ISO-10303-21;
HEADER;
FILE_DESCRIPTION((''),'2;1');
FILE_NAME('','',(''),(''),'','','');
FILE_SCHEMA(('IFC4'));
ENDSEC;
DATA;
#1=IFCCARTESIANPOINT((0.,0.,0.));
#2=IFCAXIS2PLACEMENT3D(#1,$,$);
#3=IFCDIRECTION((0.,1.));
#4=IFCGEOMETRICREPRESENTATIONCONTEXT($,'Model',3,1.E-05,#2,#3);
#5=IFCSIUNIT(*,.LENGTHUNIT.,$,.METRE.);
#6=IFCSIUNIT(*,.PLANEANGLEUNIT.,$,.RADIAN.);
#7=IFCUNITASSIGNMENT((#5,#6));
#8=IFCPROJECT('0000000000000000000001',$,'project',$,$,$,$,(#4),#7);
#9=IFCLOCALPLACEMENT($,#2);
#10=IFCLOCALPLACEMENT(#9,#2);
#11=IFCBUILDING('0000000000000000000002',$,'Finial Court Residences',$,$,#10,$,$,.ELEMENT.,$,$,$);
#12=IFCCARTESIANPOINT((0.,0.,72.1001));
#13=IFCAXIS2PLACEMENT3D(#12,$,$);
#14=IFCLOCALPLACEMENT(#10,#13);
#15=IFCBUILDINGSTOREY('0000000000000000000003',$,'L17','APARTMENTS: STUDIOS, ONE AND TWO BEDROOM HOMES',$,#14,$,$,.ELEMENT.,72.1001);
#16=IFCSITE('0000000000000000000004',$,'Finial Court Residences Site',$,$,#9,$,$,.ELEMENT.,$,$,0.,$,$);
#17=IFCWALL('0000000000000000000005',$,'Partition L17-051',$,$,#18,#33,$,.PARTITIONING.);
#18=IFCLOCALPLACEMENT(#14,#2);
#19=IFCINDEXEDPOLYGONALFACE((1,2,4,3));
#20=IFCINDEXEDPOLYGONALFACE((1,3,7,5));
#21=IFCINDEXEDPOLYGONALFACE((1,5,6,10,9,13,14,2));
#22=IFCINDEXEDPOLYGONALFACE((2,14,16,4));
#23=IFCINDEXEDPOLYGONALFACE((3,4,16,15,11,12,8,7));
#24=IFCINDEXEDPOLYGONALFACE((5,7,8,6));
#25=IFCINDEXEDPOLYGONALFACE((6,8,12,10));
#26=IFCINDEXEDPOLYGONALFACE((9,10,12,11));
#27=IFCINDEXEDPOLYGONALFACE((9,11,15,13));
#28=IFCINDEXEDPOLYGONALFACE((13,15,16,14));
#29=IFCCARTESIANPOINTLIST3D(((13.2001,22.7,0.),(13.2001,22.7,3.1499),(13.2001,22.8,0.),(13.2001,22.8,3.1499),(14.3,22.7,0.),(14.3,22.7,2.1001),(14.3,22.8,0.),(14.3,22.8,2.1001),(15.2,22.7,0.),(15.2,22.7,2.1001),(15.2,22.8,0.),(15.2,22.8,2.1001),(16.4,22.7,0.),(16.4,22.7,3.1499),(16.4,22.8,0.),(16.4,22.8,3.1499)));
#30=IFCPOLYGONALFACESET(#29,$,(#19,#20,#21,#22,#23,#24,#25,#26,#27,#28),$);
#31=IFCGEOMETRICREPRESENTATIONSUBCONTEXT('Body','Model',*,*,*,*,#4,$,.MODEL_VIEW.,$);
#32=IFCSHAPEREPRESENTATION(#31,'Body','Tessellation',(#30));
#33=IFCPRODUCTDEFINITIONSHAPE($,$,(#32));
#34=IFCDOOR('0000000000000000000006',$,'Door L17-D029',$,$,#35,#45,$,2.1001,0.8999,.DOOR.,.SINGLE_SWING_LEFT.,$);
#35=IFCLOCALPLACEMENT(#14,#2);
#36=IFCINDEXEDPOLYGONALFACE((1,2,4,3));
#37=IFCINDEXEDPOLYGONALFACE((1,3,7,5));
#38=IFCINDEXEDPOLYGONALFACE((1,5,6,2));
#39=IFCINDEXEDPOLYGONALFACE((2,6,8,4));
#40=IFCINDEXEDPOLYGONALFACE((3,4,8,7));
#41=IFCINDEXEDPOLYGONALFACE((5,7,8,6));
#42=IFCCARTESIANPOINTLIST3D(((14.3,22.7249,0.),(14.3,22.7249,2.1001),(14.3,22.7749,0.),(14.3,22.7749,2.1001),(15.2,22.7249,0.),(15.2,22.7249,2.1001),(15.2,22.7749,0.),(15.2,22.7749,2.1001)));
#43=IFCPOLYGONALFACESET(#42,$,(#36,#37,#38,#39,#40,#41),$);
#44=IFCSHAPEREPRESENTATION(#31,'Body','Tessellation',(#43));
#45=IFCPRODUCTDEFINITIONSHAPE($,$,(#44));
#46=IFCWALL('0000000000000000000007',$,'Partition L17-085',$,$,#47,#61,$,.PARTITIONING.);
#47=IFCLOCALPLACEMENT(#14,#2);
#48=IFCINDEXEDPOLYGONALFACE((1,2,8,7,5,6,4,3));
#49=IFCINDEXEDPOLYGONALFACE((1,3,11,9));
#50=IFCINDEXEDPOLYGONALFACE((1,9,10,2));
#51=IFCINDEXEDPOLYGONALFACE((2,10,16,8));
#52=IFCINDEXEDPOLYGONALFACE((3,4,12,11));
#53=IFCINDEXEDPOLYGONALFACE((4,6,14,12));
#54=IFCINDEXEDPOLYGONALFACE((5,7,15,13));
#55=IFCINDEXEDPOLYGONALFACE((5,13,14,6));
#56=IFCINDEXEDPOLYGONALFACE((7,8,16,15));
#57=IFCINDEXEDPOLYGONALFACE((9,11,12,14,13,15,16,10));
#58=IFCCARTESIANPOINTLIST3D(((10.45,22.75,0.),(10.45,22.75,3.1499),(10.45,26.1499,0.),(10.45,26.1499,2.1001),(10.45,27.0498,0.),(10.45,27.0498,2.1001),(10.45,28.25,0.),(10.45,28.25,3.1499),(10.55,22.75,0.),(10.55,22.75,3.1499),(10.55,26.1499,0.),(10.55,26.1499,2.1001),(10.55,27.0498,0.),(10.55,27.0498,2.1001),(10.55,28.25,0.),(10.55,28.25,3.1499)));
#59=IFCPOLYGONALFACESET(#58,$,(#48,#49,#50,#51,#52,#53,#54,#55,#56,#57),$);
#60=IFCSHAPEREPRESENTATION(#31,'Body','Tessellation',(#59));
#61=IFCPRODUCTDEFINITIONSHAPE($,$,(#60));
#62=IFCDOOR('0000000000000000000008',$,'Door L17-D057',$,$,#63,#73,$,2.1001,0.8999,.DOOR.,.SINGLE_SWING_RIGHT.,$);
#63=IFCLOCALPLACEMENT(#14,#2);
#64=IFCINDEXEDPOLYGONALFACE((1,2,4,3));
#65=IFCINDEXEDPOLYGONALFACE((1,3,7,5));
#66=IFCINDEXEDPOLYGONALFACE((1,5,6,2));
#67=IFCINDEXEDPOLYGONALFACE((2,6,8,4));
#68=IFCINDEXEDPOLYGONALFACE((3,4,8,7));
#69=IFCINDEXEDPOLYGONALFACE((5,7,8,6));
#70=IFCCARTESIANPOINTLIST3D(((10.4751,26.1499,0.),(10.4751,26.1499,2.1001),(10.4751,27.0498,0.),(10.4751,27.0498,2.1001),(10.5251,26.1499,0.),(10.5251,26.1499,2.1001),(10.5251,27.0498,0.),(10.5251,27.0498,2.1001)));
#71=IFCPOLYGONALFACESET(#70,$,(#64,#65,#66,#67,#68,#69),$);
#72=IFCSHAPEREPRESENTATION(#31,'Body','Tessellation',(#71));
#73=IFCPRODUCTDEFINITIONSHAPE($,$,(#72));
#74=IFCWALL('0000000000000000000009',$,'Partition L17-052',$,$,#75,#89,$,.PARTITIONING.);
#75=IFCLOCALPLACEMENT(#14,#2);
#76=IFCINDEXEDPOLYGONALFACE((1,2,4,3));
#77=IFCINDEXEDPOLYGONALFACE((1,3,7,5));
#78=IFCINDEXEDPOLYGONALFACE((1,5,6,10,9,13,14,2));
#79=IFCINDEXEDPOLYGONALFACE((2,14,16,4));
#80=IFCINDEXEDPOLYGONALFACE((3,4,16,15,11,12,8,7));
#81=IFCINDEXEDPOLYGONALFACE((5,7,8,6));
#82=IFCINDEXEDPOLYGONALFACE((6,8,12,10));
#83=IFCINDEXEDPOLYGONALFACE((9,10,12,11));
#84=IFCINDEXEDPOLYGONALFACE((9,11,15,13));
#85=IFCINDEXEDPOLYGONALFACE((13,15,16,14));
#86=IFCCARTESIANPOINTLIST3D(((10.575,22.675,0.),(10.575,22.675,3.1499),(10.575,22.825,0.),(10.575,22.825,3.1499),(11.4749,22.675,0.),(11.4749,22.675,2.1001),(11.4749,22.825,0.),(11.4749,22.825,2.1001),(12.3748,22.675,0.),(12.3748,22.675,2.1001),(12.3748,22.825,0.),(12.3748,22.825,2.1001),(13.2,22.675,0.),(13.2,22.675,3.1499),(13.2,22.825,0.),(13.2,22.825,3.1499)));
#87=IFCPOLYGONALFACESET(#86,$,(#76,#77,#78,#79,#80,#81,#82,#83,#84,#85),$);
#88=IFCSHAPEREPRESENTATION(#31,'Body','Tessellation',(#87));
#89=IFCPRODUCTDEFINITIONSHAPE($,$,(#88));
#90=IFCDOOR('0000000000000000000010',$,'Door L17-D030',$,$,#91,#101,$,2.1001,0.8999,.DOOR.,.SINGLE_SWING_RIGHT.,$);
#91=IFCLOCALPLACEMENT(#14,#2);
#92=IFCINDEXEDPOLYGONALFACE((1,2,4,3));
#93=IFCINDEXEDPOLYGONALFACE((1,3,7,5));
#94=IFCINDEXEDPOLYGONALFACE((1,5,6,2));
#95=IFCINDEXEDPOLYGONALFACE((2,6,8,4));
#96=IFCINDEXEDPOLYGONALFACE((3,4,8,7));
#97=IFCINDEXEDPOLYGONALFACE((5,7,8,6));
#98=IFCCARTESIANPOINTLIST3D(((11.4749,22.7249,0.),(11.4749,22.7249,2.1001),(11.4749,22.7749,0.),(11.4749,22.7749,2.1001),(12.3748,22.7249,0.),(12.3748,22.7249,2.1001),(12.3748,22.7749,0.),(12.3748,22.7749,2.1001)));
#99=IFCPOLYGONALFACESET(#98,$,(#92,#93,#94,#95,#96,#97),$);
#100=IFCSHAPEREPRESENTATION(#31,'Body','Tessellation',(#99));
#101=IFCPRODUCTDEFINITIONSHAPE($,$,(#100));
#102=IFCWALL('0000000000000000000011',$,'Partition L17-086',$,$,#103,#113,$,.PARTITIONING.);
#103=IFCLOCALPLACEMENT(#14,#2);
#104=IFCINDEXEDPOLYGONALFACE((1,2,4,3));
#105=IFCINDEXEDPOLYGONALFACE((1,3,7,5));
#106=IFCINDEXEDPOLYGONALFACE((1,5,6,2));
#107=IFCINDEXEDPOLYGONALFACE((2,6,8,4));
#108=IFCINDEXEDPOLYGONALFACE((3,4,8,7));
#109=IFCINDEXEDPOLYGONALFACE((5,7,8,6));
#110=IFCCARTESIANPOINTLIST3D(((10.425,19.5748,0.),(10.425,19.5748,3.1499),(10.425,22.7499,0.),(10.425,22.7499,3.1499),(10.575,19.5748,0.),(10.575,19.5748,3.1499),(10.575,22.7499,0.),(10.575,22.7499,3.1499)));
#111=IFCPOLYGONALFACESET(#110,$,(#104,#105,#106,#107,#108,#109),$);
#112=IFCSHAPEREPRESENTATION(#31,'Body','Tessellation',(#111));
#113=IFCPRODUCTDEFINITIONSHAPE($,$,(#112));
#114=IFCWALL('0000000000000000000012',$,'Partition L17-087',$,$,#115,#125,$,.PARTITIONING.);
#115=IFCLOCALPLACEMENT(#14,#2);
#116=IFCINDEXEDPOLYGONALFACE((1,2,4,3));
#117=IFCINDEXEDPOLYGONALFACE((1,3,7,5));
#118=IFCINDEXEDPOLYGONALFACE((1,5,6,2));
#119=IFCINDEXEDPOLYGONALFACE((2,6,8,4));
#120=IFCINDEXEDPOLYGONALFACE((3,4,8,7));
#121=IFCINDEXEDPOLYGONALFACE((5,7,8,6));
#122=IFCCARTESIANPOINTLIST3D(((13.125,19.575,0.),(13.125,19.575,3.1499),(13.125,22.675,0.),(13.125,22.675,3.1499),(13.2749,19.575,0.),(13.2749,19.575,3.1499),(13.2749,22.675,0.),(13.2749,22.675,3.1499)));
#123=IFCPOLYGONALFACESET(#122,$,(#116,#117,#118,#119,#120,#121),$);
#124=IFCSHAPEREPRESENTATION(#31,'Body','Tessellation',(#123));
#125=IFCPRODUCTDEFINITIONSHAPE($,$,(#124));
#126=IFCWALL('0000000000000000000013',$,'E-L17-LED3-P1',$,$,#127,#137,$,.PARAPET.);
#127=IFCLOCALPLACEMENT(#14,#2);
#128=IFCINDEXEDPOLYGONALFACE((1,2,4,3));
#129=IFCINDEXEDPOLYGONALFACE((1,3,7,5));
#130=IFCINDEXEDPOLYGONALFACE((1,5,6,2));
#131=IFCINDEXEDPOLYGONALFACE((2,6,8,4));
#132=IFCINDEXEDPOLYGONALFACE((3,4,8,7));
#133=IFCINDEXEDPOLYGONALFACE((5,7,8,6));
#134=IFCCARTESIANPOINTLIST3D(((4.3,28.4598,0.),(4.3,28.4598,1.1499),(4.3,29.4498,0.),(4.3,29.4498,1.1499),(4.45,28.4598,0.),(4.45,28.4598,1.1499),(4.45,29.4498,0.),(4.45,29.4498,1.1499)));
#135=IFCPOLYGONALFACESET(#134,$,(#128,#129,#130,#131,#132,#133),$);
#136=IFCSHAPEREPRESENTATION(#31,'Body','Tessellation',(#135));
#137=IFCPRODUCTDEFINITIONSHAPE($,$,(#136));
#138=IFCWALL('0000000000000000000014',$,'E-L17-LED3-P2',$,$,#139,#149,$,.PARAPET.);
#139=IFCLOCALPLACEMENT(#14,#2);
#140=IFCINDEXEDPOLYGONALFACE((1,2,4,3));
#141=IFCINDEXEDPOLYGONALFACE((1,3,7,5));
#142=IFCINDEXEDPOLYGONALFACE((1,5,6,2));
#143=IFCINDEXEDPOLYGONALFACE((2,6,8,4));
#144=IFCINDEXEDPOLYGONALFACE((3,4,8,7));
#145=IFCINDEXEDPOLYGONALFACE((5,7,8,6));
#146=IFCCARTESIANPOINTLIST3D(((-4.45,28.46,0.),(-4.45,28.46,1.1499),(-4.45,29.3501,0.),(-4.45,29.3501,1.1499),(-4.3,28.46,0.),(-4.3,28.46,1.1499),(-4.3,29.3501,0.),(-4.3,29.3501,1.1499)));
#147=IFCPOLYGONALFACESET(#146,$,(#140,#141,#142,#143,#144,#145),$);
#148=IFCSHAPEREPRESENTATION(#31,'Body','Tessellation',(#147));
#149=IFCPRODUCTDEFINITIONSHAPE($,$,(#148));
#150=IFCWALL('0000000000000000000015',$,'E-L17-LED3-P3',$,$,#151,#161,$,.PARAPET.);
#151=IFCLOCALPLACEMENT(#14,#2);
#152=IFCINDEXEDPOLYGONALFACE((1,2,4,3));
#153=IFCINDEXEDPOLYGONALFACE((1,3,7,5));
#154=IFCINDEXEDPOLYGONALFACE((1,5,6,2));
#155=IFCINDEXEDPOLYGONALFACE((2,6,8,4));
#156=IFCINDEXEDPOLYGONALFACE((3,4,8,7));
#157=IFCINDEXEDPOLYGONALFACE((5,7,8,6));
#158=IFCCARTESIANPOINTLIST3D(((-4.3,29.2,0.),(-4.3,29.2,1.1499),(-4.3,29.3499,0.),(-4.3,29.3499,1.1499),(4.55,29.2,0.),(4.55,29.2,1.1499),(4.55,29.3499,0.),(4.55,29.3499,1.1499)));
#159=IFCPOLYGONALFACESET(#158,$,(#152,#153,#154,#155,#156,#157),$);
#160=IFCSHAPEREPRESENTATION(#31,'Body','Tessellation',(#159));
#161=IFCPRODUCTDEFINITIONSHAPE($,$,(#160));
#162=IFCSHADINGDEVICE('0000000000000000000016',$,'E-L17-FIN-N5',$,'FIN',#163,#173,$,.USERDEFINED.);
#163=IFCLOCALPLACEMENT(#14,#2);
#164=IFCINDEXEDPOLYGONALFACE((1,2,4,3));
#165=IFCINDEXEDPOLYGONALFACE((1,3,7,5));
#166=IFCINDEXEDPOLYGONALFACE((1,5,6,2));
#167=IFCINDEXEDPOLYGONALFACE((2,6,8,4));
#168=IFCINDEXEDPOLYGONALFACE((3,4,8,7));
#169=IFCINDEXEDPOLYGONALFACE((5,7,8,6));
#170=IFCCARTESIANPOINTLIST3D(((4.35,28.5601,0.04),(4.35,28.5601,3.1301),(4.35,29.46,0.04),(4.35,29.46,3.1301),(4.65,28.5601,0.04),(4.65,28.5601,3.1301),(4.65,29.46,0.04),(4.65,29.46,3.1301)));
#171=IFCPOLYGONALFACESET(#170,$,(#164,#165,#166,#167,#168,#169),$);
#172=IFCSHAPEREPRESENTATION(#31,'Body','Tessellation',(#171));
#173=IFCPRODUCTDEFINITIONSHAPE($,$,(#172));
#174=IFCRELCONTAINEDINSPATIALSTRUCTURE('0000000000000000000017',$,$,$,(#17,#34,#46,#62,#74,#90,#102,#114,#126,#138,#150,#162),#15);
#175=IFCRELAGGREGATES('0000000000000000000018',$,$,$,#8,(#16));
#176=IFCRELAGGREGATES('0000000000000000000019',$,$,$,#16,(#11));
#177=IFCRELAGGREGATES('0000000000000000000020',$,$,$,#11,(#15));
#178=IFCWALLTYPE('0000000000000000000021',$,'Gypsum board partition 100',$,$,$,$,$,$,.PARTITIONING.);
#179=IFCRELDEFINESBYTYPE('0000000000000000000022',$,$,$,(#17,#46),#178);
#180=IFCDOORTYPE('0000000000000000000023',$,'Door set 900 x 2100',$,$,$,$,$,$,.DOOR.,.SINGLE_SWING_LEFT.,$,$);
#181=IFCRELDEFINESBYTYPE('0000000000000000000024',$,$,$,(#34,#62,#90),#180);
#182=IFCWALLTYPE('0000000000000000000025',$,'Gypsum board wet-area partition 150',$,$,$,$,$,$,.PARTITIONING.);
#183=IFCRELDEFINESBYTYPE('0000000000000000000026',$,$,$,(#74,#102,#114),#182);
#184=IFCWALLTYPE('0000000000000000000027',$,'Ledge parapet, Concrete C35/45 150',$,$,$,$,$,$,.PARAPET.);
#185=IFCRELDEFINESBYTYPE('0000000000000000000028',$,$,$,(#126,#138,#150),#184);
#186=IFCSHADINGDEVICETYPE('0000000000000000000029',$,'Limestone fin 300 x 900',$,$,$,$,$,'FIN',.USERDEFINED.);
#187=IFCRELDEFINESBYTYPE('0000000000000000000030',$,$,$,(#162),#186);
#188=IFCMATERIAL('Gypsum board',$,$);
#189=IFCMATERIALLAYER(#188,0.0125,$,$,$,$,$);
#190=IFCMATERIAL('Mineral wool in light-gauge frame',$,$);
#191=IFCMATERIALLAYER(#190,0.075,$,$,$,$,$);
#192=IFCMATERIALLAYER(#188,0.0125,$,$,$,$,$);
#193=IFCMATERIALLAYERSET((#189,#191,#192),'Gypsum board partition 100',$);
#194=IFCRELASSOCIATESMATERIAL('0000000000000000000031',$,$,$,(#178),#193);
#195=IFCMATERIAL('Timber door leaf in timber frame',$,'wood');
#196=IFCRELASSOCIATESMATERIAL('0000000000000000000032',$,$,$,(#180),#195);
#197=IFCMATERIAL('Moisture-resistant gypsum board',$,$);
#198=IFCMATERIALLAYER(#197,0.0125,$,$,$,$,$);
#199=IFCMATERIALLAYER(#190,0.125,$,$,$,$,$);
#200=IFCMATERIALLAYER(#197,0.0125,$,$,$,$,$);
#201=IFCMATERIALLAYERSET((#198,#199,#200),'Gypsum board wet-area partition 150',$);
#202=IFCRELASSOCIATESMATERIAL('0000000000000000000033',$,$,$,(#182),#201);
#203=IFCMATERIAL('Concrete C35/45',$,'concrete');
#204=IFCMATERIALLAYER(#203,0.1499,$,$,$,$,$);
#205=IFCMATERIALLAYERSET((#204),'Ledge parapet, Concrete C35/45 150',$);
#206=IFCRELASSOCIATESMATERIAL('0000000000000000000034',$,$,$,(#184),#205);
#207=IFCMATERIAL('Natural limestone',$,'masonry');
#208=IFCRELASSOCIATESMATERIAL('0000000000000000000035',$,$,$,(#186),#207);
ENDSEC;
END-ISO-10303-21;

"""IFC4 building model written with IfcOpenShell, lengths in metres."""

from ifc_helpers import new_model, si_unit, direction, frame, frame_2d, origin, origin_2d, place, context, subcontext, project, spatial, rectangle, extrude, material, layer, layer_set, type_object, element, fill, save


model = new_model("IFC4")

# Units and contexts
model_context = context("Model", 3, precision=1e-05, world=origin(), true_north=direction((0.0, 1.0)))
body_context = subcontext(model_context, "Body", "Model", "MODEL_VIEW")
ifc_project = project(units=[si_unit("LENGTHUNIT", "METRE"), si_unit("PLANEANGLEUNIT", "RADIAN")], contexts=[model_context])

# Site, building, storey
site_placement = place(None, origin())
site = spatial("IfcSite", under=ifc_project, at=site_placement, Name="Finial Court Residences Site", CompositionType="ELEMENT", RefElevation=0.0)
building_placement = place(site_placement, origin())
building = spatial("IfcBuilding", under=site, at=building_placement, Name="Finial Court Residences", CompositionType="ELEMENT")
storey_placement = place(building_placement, frame((0.0, 0.0, 72.1001)))
storey = spatial("IfcBuildingStorey", under=building, at=storey_placement, Name="L17", Description="APARTMENTS: STUDIOS, ONE AND TWO BEDROOM HOMES", CompositionType="ELEMENT", Elevation=72.1001)

# Shared definitions
ifc_material_1 = material(Name="Gypsum board")

# Walls, openings, doors
ifc_layer_1 = layer(ifc_material_1, 0.0125)
ifc_material_2 = material(Name="Mineral wool in light-gauge frame")
ifc_layer_2 = layer(ifc_material_2, 0.075)
ifc_layer_3 = layer(ifc_material_1, 0.0125)
ifc_layer_set_1 = layer_set([ifc_layer_1, ifc_layer_2, ifc_layer_3], Name="Gypsum board partition 100")
wall_type_1 = type_object("IfcWallType", Name="Gypsum board partition 100", PredefinedType="PARTITIONING", material=ifc_layer_set_1)
wall_1_placement = place(storey_placement, frame((13.2, 22.75, 0.0), z_axis=(0.0, 0.0, 1.0), x_axis=(1.0, 0.0, 0.0)))
wall_1 = element("IfcWall", 1, at=wall_1_placement, inside=storey, type_object=wall_type_1, Name="Partition L17-051", PredefinedType="PARTITIONING", context=body_context, shape_type="SweptSolid", body=[
    extrude(rectangle(XDim=3.2, YDim=0.1001, at=frame_2d((1.6001, 0.0))), origin(), (0.0, 0.0, 1.0), 3.1499),
])
opening_1_placement = place(wall_1_placement, frame((1.1001, 0.0, 0.0)))
opening_1 = element("IfcOpeningElement", 2, at=opening_1_placement, cuts=wall_1, PredefinedType="OPENING", context=body_context, shape_type="SweptSolid", body=[
    extrude(rectangle(XDim=0.8999, YDim=2.1001, at=frame_2d((0.45, 1.05))), frame((0.0, 0.0601, 0.0), z_axis=(0.0, -1.0, 0.0), x_axis=(1.0, 0.0, 0.0)), (0.0, 0.0, 1.0), 0.1201),
])
ifc_material_3 = material(Name="Timber door leaf in timber frame", Category="wood")
door_type = type_object("IfcDoorType", Name="Door set 900 x 2100", OperationType="SINGLE_SWING_LEFT", PredefinedType="DOOR", material=ifc_material_3)
door_1_placement = place(opening_1_placement, origin())
door_1 = element("IfcDoor", 3, at=door_1_placement, inside=storey, type_object=door_type, Name="Door L17-D029", OperationType="SINGLE_SWING_LEFT", OverallHeight=2.1001, OverallWidth=0.8999, PredefinedType="DOOR", context=body_context, shape_type="SweptSolid", body=[
    extrude(rectangle(XDim=0.8999, YDim=2.1001, at=frame_2d((0.45, 1.05))), frame((0.0, 0.0249, 0.0), z_axis=(0.0, -1.0, 0.0), x_axis=(1.0, 0.0, 0.0)), (0.0, 0.0, 1.0), 0.05),
])
fill(opening_1, door_1)
wall_2_placement = place(storey_placement, frame((10.5, 22.75, 0.0), z_axis=(0.0, 0.0, 1.0), x_axis=(0.0, 1.0, 0.0)))
wall_2 = element("IfcWall", 4, at=wall_2_placement, inside=storey, type_object=wall_type_1, Name="Partition L17-085", PredefinedType="PARTITIONING", context=body_context, shape_type="SweptSolid", body=[
    extrude(rectangle(XDim=5.5, YDim=0.1001, at=frame_2d((2.75, 0.0))), origin(), (0.0, 0.0, 1.0), 3.1499),
])
opening_2_placement = place(wall_2_placement, frame((3.3999, 0.0, 0.0)))
opening_2 = element("IfcOpeningElement", 5, at=opening_2_placement, cuts=wall_2, PredefinedType="OPENING", context=body_context, shape_type="SweptSolid", body=[
    extrude(rectangle(XDim=0.8999, YDim=2.1001, at=frame_2d((0.45, 1.05))), frame((0.0, 0.0601, 0.0), z_axis=(0.0, -1.0, 0.0), x_axis=(1.0, 0.0, 0.0)), (0.0, 0.0, 1.0), 0.1201),
])
door_2_placement = place(opening_2_placement, origin())
door_2 = element("IfcDoor", 6, at=door_2_placement, inside=storey, type_object=door_type, Name="Door L17-D057", OperationType="SINGLE_SWING_RIGHT", OverallHeight=2.1001, OverallWidth=0.8999, PredefinedType="DOOR", context=body_context, shape_type="SweptSolid", body=[
    extrude(rectangle(XDim=0.8999, YDim=2.1001, at=frame_2d((0.45, 1.05))), frame((0.0, 0.0249, 0.0), z_axis=(0.0, -1.0, 0.0), x_axis=(1.0, 0.0, 0.0)), (0.0, 0.0, 1.0), 0.05),
])
fill(opening_2, door_2)
ifc_material_4 = material(Name="Moisture-resistant gypsum board")
ifc_layer_4 = layer(ifc_material_4, 0.0125)
ifc_layer_5 = layer(ifc_material_2, 0.125)
ifc_layer_6 = layer(ifc_material_4, 0.0125)
ifc_layer_set_2 = layer_set([ifc_layer_4, ifc_layer_5, ifc_layer_6], Name="Gypsum board wet-area partition 150")
wall_type_2 = type_object("IfcWallType", Name="Gypsum board wet-area partition 150", PredefinedType="PARTITIONING", material=ifc_layer_set_2)
wall_3_placement = place(storey_placement, frame((10.575, 22.75, 0.0), z_axis=(0.0, 0.0, 1.0), x_axis=(1.0, 0.0, 0.0)))
wall_3 = element("IfcWall", 7, at=wall_3_placement, inside=storey, type_object=wall_type_2, Name="Partition L17-052", PredefinedType="PARTITIONING", context=body_context, shape_type="SweptSolid", body=[
    extrude(rectangle(XDim=2.625, YDim=0.1499, at=frame_2d((1.3125, 0.0))), origin(), (0.0, 0.0, 1.0), 3.1499),
])
opening_3_placement = place(wall_3_placement, frame((0.8999, 0.0, 0.0)))
opening_3 = element("IfcOpeningElement", 8, at=opening_3_placement, cuts=wall_3, PredefinedType="OPENING", context=body_context, shape_type="SweptSolid", body=[
    extrude(rectangle(XDim=0.8999, YDim=2.1001, at=frame_2d((0.45, 1.05))), frame((0.0, 0.085, 0.0), z_axis=(0.0, -1.0, 0.0), x_axis=(1.0, 0.0, 0.0)), (0.0, 0.0, 1.0), 0.1699),
])
door_3_placement = place(opening_3_placement, origin())
door_3 = element("IfcDoor", 9, at=door_3_placement, inside=storey, type_object=door_type, Name="Door L17-D030", OperationType="SINGLE_SWING_RIGHT", OverallHeight=2.1001, OverallWidth=0.8999, PredefinedType="DOOR", context=body_context, shape_type="SweptSolid", body=[
    extrude(rectangle(XDim=0.8999, YDim=2.1001, at=frame_2d((0.45, 1.05))), frame((0.0, 0.0249, 0.0), z_axis=(0.0, -1.0, 0.0), x_axis=(1.0, 0.0, 0.0)), (0.0, 0.0, 1.0), 0.05),
])
fill(opening_3, door_3)

# Walls
wall_4_placement = place(storey_placement, frame((10.5, 19.575, 0.0), z_axis=(0.0, 0.0, 1.0), x_axis=(0.0, 1.0, 0.0)))
element("IfcWall", 10, at=wall_4_placement, inside=storey, type_object=wall_type_2, Name="Partition L17-086", PredefinedType="PARTITIONING", context=body_context, shape_type="SweptSolid", body=[
    extrude(rectangle(XDim=3.175, YDim=0.1499, at=frame_2d((1.5874, 0.0))), origin(), (0.0, 0.0, 1.0), 3.1499),
])
wall_5_placement = place(storey_placement, frame((13.2, 19.575, 0.0), z_axis=(0.0, 0.0, 1.0), x_axis=(0.0, 1.0, 0.0)))
element("IfcWall", 11, at=wall_5_placement, inside=storey, type_object=wall_type_2, Name="Partition L17-087", PredefinedType="PARTITIONING", context=body_context, shape_type="SweptSolid", body=[
    extrude(rectangle(XDim=3.1001, YDim=0.1499, at=frame_2d((1.55, 0.0))), origin(), (0.0, 0.0, 1.0), 3.1499),
])
ifc_material_5 = material(Name="Concrete C35/45", Category="concrete")
ifc_layer_7 = layer(ifc_material_5, 0.1499)
ifc_layer_set_3 = layer_set([ifc_layer_7], Name="Ledge parapet, Concrete C35/45 150")
wall_type_3 = type_object("IfcWallType", Name="Ledge parapet, Concrete C35/45 150", PredefinedType="PARAPET", material=ifc_layer_set_3)
wall_6_placement = place(storey_placement, frame((4.375, 29.45, 0.0), z_axis=(0.0, 0.0, 1.0), x_axis=(0.0, -1.0, 0.0)))
element("IfcWall", 12, at=wall_6_placement, inside=storey, type_object=wall_type_3, Name="E-L17-LED3-P1", PredefinedType="PARAPET", context=body_context, shape_type="SweptSolid", body=[
    extrude(rectangle(XDim=0.99, YDim=0.1499, at=frame_2d((0.4951, 0.0))), origin(), (0.0, 0.0, 1.0), 1.1499),
])
wall_7_placement = place(storey_placement, frame((-4.375, 28.46, 0.0), z_axis=(0.0, 0.0, 1.0), x_axis=(0.0, 1.0, 0.0)))
element("IfcWall", 13, at=wall_7_placement, inside=storey, type_object=wall_type_3, Name="E-L17-LED3-P2", PredefinedType="PARAPET", context=body_context, shape_type="SweptSolid", body=[
    extrude(rectangle(XDim=0.8901, YDim=0.1499, at=frame_2d((0.4451, 0.0))), origin(), (0.0, 0.0, 1.0), 1.1499),
])
wall_8_placement = place(storey_placement, frame((-4.3, 29.2749, 0.0), z_axis=(0.0, 0.0, 1.0), x_axis=(1.0, 0.0, 0.0)))
element("IfcWall", 14, at=wall_8_placement, inside=storey, type_object=wall_type_3, Name="E-L17-LED3-P3", PredefinedType="PARAPET", context=body_context, shape_type="SweptSolid", body=[
    extrude(rectangle(XDim=8.8501, YDim=0.1499, at=frame_2d((4.425, 0.0))), origin(), (0.0, 0.0, 1.0), 1.1499),
])

# Shading device
ifc_material_6 = material(Name="Natural limestone", Category="masonry")
shading_device_type = type_object("IfcShadingDeviceType", Name="Limestone fin 300 x 900", ElementType="FIN", PredefinedType="USERDEFINED", material=ifc_material_6)
shading_device_1_placement = place(storey_placement, frame((4.5, 29.01, 0.04), z_axis=(0.0, 0.0, 1.0), x_axis=(1.0, 0.0, 0.0)))
element("IfcShadingDevice", 15, at=shading_device_1_placement, inside=storey, type_object=shading_device_type, Name="E-L17-FIN-N5", ObjectType="FIN", PredefinedType="USERDEFINED", context=body_context, shape_type="SweptSolid", body=[
    extrude(rectangle(XDim=0.3, YDim=0.8999, at=origin_2d()), origin(), (0.0, 0.0, 1.0), 3.0901),
])

save(model, "model.ifc")
